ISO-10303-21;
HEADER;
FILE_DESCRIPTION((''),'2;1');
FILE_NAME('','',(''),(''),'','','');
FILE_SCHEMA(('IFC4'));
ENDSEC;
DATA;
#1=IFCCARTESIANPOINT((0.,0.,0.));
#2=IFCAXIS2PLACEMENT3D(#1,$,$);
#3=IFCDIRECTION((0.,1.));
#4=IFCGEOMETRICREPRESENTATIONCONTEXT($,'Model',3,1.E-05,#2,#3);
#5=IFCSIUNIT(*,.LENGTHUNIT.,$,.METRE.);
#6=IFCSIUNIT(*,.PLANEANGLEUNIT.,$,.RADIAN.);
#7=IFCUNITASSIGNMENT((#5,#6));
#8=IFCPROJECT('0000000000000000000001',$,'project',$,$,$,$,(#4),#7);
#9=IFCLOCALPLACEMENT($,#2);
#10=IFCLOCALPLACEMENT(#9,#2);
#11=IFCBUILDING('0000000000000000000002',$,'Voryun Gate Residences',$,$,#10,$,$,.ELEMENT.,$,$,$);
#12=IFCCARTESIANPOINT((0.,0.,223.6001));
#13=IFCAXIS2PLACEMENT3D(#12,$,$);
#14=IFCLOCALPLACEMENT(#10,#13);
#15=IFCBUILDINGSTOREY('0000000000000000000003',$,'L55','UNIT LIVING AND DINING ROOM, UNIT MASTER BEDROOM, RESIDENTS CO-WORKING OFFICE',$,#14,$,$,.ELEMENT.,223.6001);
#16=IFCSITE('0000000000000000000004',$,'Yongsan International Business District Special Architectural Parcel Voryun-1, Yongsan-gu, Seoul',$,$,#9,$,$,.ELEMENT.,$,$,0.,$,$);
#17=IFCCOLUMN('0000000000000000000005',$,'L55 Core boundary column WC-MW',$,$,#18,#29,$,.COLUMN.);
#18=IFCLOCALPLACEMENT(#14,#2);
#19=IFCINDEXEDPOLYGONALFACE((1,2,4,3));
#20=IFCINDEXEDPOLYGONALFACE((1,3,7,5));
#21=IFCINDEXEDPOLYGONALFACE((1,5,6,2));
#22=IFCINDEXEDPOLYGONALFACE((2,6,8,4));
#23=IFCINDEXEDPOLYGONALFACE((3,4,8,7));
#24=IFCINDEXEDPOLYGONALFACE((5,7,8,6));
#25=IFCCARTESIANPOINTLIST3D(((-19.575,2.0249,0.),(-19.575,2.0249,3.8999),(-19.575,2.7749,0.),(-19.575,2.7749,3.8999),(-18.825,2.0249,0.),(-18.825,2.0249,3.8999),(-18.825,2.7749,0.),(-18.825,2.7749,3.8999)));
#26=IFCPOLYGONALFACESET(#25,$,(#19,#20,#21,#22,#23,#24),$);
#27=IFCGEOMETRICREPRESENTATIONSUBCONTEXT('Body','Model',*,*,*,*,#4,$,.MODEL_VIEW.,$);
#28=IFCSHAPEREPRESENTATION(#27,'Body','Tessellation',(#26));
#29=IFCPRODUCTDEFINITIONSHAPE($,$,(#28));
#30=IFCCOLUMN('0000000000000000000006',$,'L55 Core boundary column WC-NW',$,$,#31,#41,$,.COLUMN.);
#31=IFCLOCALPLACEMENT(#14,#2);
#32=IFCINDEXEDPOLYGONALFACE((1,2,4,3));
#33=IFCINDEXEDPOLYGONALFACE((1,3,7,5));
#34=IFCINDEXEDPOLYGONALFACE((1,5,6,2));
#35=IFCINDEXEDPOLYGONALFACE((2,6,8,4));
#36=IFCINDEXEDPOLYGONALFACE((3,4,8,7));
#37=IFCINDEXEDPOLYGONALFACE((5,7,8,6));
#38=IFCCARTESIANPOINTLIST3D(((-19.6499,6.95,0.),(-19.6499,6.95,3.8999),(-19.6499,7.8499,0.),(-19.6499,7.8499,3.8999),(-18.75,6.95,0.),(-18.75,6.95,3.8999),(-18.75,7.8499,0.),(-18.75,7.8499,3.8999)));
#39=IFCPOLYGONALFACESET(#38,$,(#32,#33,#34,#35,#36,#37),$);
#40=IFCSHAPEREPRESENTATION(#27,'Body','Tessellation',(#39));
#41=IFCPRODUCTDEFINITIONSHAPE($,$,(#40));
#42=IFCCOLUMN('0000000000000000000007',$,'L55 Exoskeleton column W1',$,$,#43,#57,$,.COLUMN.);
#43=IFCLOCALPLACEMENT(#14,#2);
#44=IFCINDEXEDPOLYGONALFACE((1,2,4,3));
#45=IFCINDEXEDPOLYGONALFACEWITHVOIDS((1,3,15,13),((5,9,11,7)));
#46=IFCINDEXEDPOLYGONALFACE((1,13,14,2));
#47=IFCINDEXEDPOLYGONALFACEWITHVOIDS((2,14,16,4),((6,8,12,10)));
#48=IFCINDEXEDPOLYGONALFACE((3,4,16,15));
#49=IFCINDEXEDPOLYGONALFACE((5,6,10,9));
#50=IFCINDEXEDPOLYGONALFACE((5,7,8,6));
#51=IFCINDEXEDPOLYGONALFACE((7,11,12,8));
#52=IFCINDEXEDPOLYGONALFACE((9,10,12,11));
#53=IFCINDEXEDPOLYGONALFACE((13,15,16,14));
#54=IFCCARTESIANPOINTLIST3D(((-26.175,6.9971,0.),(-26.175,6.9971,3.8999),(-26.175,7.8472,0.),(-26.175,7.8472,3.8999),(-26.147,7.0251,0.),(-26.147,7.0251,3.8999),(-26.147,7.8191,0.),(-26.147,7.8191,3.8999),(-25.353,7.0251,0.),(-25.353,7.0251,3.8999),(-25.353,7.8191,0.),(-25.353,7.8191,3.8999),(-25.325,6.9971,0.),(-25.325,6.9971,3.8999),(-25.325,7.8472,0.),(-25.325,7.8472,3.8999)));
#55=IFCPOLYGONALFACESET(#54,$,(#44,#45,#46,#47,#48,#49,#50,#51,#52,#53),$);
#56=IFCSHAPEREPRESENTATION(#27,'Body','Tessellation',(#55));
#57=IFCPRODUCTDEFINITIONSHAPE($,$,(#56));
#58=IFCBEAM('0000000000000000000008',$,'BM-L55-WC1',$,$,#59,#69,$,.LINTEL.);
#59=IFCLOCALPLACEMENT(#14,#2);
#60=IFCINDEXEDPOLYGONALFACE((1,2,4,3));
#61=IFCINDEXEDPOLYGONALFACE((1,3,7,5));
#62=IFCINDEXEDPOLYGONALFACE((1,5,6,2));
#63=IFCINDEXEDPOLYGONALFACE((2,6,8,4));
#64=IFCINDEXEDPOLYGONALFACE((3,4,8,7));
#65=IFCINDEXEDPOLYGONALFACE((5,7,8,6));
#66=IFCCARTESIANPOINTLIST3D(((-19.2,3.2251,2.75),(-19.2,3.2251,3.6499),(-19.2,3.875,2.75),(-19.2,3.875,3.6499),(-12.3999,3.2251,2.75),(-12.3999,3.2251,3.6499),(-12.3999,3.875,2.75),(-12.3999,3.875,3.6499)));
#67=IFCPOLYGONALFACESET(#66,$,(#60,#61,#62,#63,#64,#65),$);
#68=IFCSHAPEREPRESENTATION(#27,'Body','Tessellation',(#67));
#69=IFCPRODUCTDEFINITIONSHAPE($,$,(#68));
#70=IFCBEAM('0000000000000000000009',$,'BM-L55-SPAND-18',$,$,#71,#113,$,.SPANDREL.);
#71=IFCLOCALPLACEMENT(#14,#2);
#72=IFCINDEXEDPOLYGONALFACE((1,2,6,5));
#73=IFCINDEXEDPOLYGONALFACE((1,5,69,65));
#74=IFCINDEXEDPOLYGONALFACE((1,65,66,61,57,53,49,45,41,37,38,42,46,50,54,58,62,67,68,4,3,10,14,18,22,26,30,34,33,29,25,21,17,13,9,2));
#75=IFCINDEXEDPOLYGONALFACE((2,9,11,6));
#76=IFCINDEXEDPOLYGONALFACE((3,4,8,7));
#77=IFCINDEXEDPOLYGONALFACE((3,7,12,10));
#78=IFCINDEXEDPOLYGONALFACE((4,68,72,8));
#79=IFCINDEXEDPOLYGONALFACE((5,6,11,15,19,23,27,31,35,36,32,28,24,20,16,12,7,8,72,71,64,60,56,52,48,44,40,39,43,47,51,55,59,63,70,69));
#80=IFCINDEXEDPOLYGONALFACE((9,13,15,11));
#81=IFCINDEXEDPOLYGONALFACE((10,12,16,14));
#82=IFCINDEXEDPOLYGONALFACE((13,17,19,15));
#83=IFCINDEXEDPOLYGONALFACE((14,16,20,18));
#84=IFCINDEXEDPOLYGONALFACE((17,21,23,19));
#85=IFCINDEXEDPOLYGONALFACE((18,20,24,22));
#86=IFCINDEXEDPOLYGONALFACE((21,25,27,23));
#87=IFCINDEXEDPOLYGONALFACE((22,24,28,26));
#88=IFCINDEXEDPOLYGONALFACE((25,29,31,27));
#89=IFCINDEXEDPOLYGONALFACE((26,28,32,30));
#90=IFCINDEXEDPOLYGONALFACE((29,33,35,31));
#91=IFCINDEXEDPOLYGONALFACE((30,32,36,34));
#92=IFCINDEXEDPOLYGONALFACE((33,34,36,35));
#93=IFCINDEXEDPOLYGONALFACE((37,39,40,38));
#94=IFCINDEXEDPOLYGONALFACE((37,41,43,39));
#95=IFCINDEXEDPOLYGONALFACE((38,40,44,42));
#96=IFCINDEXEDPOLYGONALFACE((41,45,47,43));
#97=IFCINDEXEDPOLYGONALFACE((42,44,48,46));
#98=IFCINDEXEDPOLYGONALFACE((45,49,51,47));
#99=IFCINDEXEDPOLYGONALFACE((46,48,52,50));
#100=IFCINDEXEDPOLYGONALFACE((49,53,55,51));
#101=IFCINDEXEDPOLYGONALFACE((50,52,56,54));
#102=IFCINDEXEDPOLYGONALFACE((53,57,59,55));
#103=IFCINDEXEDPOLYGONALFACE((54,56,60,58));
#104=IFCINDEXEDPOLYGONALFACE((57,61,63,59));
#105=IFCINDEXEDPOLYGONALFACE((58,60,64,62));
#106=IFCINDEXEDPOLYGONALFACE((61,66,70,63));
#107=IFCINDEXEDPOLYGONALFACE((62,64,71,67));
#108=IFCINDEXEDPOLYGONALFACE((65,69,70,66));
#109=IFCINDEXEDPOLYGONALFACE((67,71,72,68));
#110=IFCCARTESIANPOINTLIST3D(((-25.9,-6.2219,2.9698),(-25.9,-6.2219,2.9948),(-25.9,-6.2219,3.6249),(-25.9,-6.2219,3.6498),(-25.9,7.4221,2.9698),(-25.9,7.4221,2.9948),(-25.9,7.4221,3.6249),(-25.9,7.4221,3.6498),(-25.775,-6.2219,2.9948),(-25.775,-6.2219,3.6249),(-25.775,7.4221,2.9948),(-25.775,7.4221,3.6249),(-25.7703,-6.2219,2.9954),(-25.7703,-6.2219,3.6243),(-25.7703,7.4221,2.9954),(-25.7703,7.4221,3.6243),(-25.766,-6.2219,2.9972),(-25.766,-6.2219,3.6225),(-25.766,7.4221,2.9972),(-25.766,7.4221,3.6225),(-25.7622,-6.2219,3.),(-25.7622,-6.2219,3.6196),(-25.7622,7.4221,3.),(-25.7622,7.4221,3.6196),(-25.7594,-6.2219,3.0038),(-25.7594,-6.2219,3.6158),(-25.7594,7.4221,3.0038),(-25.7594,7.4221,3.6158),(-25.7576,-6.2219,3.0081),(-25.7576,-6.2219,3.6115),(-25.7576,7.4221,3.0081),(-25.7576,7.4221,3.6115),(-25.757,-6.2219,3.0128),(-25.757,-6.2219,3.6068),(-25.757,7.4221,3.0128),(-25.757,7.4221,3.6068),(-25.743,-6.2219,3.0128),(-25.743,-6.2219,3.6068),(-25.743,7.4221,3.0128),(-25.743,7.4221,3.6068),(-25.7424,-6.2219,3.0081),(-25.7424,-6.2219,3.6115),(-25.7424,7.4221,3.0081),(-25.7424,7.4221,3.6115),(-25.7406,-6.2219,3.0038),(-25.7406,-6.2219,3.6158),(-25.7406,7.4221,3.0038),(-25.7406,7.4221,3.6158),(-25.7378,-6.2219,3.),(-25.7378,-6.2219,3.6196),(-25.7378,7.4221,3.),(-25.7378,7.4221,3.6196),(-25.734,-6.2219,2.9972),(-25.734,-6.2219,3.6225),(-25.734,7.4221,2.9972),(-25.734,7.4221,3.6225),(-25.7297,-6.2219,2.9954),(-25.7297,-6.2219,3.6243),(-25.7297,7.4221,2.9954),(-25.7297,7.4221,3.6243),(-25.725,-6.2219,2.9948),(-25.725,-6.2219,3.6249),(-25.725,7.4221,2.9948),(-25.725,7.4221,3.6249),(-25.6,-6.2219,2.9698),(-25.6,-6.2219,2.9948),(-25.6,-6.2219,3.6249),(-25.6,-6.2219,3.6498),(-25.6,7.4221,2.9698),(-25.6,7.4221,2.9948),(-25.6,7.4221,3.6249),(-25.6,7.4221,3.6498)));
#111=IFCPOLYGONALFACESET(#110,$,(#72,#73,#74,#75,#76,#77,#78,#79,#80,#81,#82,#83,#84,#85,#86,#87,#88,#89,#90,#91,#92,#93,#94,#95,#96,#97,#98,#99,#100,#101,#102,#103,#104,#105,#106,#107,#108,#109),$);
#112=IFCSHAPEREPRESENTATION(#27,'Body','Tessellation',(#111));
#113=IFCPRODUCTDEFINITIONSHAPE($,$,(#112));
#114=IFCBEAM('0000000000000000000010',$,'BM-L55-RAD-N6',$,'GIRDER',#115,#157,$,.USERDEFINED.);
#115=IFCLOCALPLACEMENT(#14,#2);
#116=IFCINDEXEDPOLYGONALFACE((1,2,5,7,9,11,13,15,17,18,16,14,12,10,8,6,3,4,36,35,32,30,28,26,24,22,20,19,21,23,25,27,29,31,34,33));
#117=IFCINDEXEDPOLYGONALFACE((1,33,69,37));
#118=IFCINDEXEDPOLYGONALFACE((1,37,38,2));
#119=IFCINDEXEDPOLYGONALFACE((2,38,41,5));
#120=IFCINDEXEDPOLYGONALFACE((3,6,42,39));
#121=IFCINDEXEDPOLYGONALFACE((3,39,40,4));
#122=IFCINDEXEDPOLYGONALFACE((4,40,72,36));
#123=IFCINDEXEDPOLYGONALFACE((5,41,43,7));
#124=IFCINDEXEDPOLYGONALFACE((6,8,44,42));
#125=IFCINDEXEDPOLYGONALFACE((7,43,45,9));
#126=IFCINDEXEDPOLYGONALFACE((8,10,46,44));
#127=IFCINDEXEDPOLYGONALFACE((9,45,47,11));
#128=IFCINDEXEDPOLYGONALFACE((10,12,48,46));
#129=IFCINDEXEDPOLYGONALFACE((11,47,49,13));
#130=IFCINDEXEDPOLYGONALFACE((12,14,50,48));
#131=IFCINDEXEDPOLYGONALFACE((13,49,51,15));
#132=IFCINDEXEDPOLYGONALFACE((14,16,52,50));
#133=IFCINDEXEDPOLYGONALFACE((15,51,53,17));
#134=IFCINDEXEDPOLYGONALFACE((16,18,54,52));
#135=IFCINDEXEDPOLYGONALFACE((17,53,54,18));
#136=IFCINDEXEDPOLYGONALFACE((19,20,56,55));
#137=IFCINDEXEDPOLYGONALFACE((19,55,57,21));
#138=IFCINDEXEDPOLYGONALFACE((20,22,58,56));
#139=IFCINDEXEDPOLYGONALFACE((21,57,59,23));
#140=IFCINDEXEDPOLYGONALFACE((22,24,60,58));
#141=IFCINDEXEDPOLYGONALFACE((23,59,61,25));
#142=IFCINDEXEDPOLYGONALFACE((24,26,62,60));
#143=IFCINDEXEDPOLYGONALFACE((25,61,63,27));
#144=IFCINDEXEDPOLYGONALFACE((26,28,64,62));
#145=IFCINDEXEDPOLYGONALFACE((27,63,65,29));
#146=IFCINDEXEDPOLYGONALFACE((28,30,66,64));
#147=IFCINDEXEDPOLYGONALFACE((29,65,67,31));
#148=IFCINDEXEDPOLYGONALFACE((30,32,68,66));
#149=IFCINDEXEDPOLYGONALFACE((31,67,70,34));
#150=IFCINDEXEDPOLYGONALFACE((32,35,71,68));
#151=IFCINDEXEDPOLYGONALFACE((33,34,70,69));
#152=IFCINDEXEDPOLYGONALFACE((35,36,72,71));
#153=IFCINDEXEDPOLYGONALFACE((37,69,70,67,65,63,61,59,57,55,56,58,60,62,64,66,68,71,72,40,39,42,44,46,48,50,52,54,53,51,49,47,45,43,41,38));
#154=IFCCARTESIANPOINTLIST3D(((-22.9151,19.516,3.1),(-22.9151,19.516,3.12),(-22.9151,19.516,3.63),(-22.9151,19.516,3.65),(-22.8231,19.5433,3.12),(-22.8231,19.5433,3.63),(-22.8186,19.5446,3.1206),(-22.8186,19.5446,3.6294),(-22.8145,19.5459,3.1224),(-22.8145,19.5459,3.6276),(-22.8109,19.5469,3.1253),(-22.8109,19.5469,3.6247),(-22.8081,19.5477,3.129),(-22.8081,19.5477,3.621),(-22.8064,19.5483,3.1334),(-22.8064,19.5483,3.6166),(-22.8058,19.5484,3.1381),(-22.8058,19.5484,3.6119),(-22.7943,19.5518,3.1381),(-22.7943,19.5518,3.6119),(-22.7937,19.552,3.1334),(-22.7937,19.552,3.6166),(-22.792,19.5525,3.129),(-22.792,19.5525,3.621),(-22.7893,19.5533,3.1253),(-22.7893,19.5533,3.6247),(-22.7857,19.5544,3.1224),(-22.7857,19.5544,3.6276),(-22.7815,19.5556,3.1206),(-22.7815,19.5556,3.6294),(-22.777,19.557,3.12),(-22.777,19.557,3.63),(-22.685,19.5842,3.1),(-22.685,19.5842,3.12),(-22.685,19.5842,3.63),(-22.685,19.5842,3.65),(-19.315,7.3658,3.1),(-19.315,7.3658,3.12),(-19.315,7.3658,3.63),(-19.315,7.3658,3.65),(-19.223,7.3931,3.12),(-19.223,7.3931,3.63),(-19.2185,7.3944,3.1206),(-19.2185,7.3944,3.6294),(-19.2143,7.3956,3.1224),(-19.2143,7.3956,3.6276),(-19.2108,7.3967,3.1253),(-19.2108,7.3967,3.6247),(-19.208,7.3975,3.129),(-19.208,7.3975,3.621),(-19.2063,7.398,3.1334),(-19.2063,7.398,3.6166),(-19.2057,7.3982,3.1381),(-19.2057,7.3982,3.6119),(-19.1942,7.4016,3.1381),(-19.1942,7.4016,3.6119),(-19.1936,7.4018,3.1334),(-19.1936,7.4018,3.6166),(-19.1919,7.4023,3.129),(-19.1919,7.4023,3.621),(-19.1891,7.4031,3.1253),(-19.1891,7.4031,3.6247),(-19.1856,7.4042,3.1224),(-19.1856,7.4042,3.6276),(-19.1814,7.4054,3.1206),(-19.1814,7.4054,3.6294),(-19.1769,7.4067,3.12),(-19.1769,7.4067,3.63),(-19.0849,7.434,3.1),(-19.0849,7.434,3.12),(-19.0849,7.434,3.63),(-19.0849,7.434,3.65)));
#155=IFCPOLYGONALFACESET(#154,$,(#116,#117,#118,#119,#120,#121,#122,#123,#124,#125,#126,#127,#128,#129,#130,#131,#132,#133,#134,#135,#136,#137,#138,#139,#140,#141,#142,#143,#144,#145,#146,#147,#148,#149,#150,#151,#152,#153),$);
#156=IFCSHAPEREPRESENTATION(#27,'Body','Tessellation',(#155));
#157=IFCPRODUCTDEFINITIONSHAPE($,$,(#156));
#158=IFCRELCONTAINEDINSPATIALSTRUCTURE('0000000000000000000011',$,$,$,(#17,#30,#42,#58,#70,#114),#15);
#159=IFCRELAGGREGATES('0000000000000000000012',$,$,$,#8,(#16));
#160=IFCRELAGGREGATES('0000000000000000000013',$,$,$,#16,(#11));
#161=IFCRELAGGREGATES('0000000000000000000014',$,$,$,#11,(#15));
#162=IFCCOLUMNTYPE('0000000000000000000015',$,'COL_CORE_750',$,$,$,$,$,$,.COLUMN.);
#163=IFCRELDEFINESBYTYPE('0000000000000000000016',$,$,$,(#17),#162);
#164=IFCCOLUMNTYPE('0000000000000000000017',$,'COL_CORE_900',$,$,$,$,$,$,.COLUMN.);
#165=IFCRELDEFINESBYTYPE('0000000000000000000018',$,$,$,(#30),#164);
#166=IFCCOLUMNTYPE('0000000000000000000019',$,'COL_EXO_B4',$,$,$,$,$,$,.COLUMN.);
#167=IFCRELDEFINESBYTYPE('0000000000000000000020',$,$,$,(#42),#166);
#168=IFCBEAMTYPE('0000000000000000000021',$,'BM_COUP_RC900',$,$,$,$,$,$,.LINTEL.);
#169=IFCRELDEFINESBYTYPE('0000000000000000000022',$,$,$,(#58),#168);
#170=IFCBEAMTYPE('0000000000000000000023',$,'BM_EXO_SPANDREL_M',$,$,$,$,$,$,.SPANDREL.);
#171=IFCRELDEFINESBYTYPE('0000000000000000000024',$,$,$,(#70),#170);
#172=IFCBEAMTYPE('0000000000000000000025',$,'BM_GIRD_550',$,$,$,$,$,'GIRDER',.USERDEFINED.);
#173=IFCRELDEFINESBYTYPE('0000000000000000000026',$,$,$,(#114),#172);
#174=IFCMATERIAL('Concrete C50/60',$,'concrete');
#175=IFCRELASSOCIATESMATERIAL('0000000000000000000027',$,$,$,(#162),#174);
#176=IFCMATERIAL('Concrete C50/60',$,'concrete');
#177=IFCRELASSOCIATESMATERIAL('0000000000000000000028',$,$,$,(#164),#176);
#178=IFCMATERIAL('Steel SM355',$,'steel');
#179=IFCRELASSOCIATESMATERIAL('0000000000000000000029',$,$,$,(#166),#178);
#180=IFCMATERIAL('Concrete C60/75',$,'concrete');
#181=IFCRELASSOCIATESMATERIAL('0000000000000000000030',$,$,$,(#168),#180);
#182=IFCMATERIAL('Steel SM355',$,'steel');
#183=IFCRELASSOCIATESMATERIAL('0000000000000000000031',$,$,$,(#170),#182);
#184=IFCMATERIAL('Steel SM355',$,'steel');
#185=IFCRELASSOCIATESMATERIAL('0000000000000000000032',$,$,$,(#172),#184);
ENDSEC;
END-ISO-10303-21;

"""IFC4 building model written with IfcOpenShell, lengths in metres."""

from ifc_helpers import new_model, si_unit, direction, frame, origin, origin_2d, place, context, subcontext, project, spatial, rectangle, hollow_rectangle, i_section, extrude, material, material_profile, profile_set, type_object, element, save


model = new_model("IFC4")

# Units and contexts
model_context = context("Model", 3, precision=1e-05, world=origin(), true_north=direction((0.0, 1.0)))
body_context = subcontext(model_context, "Body", "Model", "MODEL_VIEW")
ifc_project = project(units=[si_unit("LENGTHUNIT", "METRE"), si_unit("PLANEANGLEUNIT", "RADIAN")], contexts=[model_context])

# Site, building, storey
site_placement = place(None, origin())
site = spatial("IfcSite", under=ifc_project, at=site_placement, Name="Yongsan International Business District Special Architectural Parcel Voryun-1, Yongsan-gu, Seoul", CompositionType="ELEMENT", RefElevation=0.0)
building_placement = place(site_placement, origin())
building = spatial("IfcBuilding", under=site, at=building_placement, Name="Voryun Gate Residences", CompositionType="ELEMENT")
storey_placement = place(building_placement, frame((0.0, 0.0, 223.6001)))
storey = spatial("IfcBuildingStorey", under=building, at=storey_placement, Name="L55", Description="UNIT LIVING AND DINING ROOM, UNIT MASTER BEDROOM, RESIDENTS CO-WORKING OFFICE", CompositionType="ELEMENT", Elevation=223.6001)

# Columns
ifc_material_1 = material(Name="Concrete C50/60", Category="concrete")
ifc_material_profile_1 = material_profile(ifc_material_1, rectangle(XDim=0.75, YDim=0.75, at=origin_2d()), Name="RC-750x750")
ifc_profile_set_1 = profile_set([ifc_material_profile_1], Name="Concrete C50/60")
column_type_1 = type_object("IfcColumnType", Name="COL_CORE_750", PredefinedType="COLUMN", material=ifc_profile_set_1)
column_1_placement = place(storey_placement, frame((-19.2, 2.3999, 0.0), z_axis=(0.0, 0.0, 1.0), x_axis=(1.0, 0.0, 0.0)))
element("IfcColumn", 1, at=column_1_placement, inside=storey, type_object=column_type_1, Name="L55 Core boundary column WC-MW", PredefinedType="COLUMN", context=body_context, shape_type="SweptSolid", body=[
    extrude(rectangle(XDim=0.75, YDim=0.75, at=origin_2d()), origin(), (0.0, 0.0, 1.0), 3.8999),
])
ifc_material_2 = material(Name="Concrete C50/60", Category="concrete")
ifc_material_profile_2 = material_profile(ifc_material_2, rectangle(XDim=0.8999, YDim=0.8999, at=origin_2d()), Name="RC-900x900")
ifc_profile_set_2 = profile_set([ifc_material_profile_2], Name="Concrete C50/60")
column_type_2 = type_object("IfcColumnType", Name="COL_CORE_900", PredefinedType="COLUMN", material=ifc_profile_set_2)
column_2_placement = place(storey_placement, frame((-19.2, 7.3999, 0.0), z_axis=(0.0, 0.0, 1.0), x_axis=(1.0, 0.0, 0.0)))
element("IfcColumn", 2, at=column_2_placement, inside=storey, type_object=column_type_2, Name="L55 Core boundary column WC-NW", PredefinedType="COLUMN", context=body_context, shape_type="SweptSolid", body=[
    extrude(rectangle(XDim=0.8999, YDim=0.8999, at=origin_2d()), origin(), (0.0, 0.0, 1.0), 3.8999),
])
ifc_material_3 = material(Name="Steel SM355", Category="steel")
ifc_material_profile_3 = material_profile(ifc_material_3, hollow_rectangle(XDim=0.8501, YDim=0.8501, WallThickness=0.0281, at=origin_2d()), Name="BOX-850x850x28")
ifc_profile_set_3 = profile_set([ifc_material_profile_3], Name="Steel SM355")
column_type_3 = type_object("IfcColumnType", Name="COL_EXO_B4", PredefinedType="COLUMN", material=ifc_profile_set_3)
column_3_placement = place(storey_placement, frame((-25.75, 7.4221, 0.0), z_axis=(0.0, 0.0, 1.0), x_axis=(1.0, 0.0, 0.0)))
element("IfcColumn", 3, at=column_3_placement, inside=storey, type_object=column_type_3, Name="L55 Exoskeleton column W1", PredefinedType="COLUMN", context=body_context, shape_type="SweptSolid", body=[
    extrude(hollow_rectangle(XDim=0.8501, YDim=0.8501, WallThickness=0.0281, at=origin_2d()), origin(), (0.0, 0.0, 1.0), 3.8999),
])

# Beams
ifc_material_4 = material(Name="Concrete C60/75", Category="concrete")
ifc_material_profile_4 = material_profile(ifc_material_4, rectangle(XDim=0.6499, YDim=0.8999, at=origin_2d()), Name="RC-650x900")
ifc_profile_set_4 = profile_set([ifc_material_profile_4], Name="Concrete C60/75")
beam_type_1 = type_object("IfcBeamType", Name="BM_COUP_RC900", PredefinedType="LINTEL", material=ifc_profile_set_4)
beam_1_placement = place(storey_placement, frame((-19.2, 3.55, 3.2), z_axis=(1.0, 0.0, 0.0), x_axis=(0.0, 1.0, 0.0)))
element("IfcBeam", 4, at=beam_1_placement, inside=storey, type_object=beam_type_1, Name="BM-L55-WC1", PredefinedType="LINTEL", context=body_context, shape_type="SweptSolid", body=[
    extrude(rectangle(XDim=0.6499, YDim=0.8999, at=origin_2d()), origin(), (0.0, 0.0, 1.0), 6.8),
])
ifc_material_5 = material(Name="Steel SM355", Category="steel")
ifc_material_profile_5 = material_profile(ifc_material_5, i_section(OverallWidth=0.3, OverallDepth=0.6799, WebThickness=0.0139, FlangeThickness=0.0249, FilletRadius=0.0181, at=origin_2d()), Name="H-680x300x14x25")
ifc_profile_set_5 = profile_set([ifc_material_profile_5], Name="Steel SM355")
beam_type_2 = type_object("IfcBeamType", Name="BM_EXO_SPANDREL_M", PredefinedType="SPANDREL", material=ifc_profile_set_5)
beam_2_placement = place(storey_placement, frame((-25.75, 7.4221, 3.3098), z_axis=(0.0, -1.0, 0.0), x_axis=(1.0, 0.0, 0.0)))
element("IfcBeam", 5, at=beam_2_placement, inside=storey, type_object=beam_type_2, Name="BM-L55-SPAND-18", PredefinedType="SPANDREL", context=body_context, shape_type="SweptSolid", body=[
    extrude(i_section(OverallWidth=0.3, OverallDepth=0.6799, WebThickness=0.0139, FlangeThickness=0.0249, FilletRadius=0.0181, at=origin_2d()), origin(), (0.0, 0.0, 1.0), 13.644),
])
ifc_material_6 = material(Name="Steel SM355", Category="steel")
ifc_material_profile_6 = material_profile(ifc_material_6, i_section(OverallWidth=0.24, OverallDepth=0.55, WebThickness=0.012, FlangeThickness=0.02, FilletRadius=0.0181, at=origin_2d()), Name="H-550x240x12x20")
ifc_profile_set_6 = profile_set([ifc_material_profile_6], Name="Steel SM355")
beam_type_3 = type_object("IfcBeamType", Name="BM_GIRD_550", ElementType="GIRDER", PredefinedType="USERDEFINED", material=ifc_profile_set_6)
beam_3_placement = place(storey_placement, frame((-19.2, 7.3999, 3.375), z_axis=(-0.284092, 0.958797, 0.0), x_axis=(-0.958797, -0.284092, 0.0)))
element("IfcBeam", 6, at=beam_3_placement, inside=storey, type_object=beam_type_3, Name="BM-L55-RAD-N6", ObjectType="GIRDER", PredefinedType="USERDEFINED", context=body_context, shape_type="SweptSolid", body=[
    extrude(i_section(OverallWidth=0.24, OverallDepth=0.55, WebThickness=0.012, FlangeThickness=0.02, FilletRadius=0.0181, at=origin_2d()), origin(), (0.0, 0.0, 1.0), 12.6724),
])

save(model, "model.ifc")
